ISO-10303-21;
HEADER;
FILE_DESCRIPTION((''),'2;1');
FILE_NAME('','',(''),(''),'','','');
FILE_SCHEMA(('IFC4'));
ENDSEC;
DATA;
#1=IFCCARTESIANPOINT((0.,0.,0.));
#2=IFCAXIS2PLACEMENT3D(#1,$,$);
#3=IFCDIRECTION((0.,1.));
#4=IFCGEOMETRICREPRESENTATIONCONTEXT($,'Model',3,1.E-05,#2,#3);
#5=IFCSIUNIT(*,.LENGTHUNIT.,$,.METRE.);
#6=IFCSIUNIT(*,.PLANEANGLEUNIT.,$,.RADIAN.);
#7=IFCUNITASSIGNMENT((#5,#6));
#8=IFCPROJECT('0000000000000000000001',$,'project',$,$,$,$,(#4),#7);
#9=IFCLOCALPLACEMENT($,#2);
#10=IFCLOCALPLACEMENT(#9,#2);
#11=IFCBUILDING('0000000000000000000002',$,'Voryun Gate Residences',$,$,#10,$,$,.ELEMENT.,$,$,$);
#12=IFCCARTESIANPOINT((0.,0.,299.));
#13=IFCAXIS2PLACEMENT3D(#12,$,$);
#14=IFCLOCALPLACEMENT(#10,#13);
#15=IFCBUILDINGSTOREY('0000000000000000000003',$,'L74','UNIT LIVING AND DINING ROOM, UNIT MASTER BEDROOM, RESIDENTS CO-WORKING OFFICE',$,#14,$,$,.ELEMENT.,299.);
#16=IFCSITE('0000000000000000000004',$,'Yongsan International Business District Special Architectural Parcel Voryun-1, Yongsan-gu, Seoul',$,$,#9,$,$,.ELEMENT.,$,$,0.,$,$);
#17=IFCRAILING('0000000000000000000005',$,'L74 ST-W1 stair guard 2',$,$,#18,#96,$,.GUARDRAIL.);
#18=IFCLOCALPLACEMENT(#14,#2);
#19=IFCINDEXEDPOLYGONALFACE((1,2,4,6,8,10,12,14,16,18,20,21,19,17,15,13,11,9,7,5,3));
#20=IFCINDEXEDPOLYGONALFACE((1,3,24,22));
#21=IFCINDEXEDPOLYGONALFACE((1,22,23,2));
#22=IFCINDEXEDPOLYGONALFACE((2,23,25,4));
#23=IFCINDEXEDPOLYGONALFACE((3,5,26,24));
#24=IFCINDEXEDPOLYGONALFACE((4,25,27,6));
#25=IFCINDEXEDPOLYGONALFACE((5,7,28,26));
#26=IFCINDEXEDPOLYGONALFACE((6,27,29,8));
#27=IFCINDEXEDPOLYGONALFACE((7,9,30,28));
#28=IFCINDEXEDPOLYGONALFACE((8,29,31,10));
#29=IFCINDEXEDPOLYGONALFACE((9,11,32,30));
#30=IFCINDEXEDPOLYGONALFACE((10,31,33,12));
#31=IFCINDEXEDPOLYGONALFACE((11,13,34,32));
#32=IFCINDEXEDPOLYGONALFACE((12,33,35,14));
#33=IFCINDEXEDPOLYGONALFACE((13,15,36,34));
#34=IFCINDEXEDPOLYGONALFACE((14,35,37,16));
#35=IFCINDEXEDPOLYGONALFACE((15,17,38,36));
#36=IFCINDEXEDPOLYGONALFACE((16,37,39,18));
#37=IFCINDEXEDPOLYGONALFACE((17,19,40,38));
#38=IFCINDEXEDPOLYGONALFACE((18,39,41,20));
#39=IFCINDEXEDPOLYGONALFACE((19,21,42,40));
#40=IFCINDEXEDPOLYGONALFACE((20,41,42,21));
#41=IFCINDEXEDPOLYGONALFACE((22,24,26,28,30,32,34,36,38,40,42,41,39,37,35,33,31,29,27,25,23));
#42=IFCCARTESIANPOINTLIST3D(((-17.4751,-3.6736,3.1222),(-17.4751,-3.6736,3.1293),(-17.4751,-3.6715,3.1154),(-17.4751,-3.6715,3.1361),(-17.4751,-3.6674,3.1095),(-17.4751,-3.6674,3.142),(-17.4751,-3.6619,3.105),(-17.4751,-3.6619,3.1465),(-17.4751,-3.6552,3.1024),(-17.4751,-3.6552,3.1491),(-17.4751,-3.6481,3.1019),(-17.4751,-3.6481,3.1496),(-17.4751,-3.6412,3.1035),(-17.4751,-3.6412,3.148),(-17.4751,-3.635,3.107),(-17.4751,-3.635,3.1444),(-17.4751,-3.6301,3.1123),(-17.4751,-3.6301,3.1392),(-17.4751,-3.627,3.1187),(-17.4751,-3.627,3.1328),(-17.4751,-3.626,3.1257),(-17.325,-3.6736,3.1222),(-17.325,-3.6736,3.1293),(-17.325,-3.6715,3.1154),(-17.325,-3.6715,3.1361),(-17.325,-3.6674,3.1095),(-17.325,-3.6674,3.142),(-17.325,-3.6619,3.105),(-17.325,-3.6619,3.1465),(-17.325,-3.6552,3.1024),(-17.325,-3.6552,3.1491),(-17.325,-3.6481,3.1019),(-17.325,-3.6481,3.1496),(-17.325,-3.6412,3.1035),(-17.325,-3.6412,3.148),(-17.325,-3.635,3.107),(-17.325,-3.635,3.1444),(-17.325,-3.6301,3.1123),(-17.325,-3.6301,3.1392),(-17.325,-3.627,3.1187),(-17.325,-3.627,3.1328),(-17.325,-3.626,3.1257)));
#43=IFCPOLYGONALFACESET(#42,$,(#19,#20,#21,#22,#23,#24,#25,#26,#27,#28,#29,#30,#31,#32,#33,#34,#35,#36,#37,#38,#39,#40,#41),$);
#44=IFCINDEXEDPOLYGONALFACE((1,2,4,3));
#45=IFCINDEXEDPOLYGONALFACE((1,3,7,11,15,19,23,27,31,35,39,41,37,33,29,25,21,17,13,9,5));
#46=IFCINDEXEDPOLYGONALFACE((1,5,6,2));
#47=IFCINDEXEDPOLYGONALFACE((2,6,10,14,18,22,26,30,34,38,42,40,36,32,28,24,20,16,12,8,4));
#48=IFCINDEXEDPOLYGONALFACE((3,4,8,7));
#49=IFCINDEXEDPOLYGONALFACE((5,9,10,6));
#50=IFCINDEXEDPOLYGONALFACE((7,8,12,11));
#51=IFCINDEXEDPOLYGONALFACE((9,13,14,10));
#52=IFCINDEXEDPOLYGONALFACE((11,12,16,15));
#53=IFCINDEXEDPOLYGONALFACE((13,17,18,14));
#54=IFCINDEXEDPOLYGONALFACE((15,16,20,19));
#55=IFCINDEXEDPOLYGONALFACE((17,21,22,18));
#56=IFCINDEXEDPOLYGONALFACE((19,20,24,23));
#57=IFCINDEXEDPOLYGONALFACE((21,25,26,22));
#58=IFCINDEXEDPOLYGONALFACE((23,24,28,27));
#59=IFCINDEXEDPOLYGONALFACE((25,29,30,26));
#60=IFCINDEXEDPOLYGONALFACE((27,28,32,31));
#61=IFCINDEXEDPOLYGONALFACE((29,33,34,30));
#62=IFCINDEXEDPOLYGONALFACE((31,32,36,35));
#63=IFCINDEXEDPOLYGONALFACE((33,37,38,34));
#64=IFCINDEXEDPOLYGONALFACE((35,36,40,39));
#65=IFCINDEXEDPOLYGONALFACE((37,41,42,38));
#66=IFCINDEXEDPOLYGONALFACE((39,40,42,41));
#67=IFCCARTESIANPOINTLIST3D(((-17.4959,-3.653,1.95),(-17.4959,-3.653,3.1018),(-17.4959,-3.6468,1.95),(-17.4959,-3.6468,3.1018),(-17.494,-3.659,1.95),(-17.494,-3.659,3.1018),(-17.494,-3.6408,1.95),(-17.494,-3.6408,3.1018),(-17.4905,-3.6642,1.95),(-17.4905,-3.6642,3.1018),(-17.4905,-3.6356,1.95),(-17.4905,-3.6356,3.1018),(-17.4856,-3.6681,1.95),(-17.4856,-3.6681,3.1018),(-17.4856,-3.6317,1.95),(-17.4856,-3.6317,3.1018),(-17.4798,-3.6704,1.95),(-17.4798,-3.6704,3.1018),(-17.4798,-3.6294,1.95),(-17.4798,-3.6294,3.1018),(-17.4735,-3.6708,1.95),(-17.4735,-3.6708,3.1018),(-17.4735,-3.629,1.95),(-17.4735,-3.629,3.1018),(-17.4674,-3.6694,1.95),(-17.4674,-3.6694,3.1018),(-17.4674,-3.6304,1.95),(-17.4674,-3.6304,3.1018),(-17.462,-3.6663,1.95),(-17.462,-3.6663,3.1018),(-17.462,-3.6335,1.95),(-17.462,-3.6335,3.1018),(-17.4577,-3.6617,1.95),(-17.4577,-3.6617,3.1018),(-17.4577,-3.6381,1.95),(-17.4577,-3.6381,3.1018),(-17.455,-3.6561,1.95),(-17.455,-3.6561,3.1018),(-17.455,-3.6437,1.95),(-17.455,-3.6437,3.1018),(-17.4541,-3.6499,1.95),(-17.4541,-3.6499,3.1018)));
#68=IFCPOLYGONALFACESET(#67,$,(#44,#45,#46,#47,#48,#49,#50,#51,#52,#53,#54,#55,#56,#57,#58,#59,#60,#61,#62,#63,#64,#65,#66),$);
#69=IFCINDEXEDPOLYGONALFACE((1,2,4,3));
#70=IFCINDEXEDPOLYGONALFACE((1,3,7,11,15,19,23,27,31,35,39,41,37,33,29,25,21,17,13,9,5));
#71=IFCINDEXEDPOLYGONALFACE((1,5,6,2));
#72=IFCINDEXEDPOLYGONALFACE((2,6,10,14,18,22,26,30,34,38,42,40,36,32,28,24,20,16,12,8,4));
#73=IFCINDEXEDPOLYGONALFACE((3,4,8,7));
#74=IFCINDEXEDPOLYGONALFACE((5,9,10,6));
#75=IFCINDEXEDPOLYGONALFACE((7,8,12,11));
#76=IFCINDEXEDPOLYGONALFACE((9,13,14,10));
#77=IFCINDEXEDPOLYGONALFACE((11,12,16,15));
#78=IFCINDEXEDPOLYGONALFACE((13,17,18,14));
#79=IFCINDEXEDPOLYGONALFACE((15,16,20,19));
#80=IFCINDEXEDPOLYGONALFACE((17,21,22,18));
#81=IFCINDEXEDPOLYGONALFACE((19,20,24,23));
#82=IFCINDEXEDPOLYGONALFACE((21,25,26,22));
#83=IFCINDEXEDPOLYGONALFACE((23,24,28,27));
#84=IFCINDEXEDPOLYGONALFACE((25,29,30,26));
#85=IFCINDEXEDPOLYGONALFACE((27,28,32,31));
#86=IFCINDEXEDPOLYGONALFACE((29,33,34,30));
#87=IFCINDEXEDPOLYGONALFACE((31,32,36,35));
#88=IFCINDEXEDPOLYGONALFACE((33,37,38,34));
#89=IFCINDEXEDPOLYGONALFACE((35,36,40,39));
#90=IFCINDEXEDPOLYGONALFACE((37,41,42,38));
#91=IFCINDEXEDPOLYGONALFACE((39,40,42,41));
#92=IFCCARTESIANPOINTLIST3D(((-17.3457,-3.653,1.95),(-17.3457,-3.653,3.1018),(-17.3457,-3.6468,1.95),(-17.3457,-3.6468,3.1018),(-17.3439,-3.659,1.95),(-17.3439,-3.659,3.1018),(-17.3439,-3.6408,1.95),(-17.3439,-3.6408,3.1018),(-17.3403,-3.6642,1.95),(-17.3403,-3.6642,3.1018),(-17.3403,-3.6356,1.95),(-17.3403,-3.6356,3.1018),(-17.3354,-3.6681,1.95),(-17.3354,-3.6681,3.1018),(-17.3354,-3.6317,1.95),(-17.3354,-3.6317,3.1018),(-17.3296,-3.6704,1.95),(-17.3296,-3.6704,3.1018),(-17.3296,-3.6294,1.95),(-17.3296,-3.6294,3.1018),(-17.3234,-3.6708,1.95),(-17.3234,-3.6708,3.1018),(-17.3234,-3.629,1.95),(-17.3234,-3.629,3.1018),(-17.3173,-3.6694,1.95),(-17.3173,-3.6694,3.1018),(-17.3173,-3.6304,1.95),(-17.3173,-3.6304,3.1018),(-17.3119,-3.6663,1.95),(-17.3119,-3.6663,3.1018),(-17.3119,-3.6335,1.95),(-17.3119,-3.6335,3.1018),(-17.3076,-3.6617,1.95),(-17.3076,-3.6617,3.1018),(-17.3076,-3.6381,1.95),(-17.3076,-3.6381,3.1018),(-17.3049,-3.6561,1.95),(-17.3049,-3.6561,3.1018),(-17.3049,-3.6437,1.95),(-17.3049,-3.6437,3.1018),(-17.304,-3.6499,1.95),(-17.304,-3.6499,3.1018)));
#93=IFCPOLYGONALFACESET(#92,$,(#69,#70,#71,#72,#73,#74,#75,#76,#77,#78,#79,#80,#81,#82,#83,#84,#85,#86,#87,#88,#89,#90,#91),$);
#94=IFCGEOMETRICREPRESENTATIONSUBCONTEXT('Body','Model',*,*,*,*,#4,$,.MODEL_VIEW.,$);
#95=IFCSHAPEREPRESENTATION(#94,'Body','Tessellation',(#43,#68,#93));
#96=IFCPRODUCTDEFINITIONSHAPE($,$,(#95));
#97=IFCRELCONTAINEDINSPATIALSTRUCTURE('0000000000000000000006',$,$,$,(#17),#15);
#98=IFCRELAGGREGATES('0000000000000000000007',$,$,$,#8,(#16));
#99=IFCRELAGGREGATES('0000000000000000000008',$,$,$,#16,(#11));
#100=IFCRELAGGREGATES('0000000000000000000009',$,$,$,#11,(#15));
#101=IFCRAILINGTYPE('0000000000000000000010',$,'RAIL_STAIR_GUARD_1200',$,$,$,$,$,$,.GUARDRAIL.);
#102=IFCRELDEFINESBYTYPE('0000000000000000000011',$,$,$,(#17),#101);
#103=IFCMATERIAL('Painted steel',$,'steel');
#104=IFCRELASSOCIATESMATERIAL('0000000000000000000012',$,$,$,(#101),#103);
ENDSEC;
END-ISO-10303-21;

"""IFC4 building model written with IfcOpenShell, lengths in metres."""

from ifc_helpers import new_model, si_unit, direction, frame, origin, origin_2d, place, context, subcontext, project, spatial, circle, extrude, material, type_object, element, save


model = new_model("IFC4")

# Units and contexts
model_context = context("Model", 3, precision=1e-05, world=origin(), true_north=direction((0.0, 1.0)))
body_context = subcontext(model_context, "Body", "Model", "MODEL_VIEW")
ifc_project = project(units=[si_unit("LENGTHUNIT", "METRE"), si_unit("PLANEANGLEUNIT", "RADIAN")], contexts=[model_context])

# Site, building, storey
site_placement = place(None, origin())
site = spatial("IfcSite", under=ifc_project, at=site_placement, Name="Yongsan International Business District Special Architectural Parcel Voryun-1, Yongsan-gu, Seoul", CompositionType="ELEMENT", RefElevation=0.0)
building_placement = place(site_placement, origin())
building = spatial("IfcBuilding", under=site, at=building_placement, Name="Voryun Gate Residences", CompositionType="ELEMENT")
storey_placement = place(building_placement, frame((0.0, 0.0, 299.0)))
storey = spatial("IfcBuildingStorey", under=building, at=storey_placement, Name="L74", Description="UNIT LIVING AND DINING ROOM, UNIT MASTER BEDROOM, RESIDENTS CO-WORKING OFFICE", CompositionType="ELEMENT", Elevation=299.0)

# Railing
ifc_material_1 = material(Name="Painted steel", Category="steel")
railing_type_1 = type_object("IfcRailingType", Name="RAIL_STAIR_GUARD_1200", PredefinedType="GUARDRAIL", material=ifc_material_1)
railing_1_placement = place(storey_placement, frame((-17.4751, -3.6499, 1.95)))
element("IfcRailing", 1, at=railing_1_placement, inside=storey, type_object=railing_type_1, Name="L74 ST-W1 stair guard 2", PredefinedType="GUARDRAIL", context=body_context, shape_type="SweptSolid", body=[
    extrude(circle(Radius=0.0239, at=origin_2d()), frame((0.0, 0.0, 1.1758), z_axis=(1.0, 0.0, 0.0), x_axis=(0.0, 1.0, 0.0)), (0.0, 0.0, 1.0), 0.1501),
    extrude(circle(Radius=0.021, at=origin_2d()), origin(), (0.0, 0.0, 1.0), 1.1519),
    extrude(circle(Radius=0.021, at=origin_2d()), frame((0.1501, 0.0, 0.0)), (0.0, 0.0, 1.0), 1.1519),
])

save(model, "model.ifc")
